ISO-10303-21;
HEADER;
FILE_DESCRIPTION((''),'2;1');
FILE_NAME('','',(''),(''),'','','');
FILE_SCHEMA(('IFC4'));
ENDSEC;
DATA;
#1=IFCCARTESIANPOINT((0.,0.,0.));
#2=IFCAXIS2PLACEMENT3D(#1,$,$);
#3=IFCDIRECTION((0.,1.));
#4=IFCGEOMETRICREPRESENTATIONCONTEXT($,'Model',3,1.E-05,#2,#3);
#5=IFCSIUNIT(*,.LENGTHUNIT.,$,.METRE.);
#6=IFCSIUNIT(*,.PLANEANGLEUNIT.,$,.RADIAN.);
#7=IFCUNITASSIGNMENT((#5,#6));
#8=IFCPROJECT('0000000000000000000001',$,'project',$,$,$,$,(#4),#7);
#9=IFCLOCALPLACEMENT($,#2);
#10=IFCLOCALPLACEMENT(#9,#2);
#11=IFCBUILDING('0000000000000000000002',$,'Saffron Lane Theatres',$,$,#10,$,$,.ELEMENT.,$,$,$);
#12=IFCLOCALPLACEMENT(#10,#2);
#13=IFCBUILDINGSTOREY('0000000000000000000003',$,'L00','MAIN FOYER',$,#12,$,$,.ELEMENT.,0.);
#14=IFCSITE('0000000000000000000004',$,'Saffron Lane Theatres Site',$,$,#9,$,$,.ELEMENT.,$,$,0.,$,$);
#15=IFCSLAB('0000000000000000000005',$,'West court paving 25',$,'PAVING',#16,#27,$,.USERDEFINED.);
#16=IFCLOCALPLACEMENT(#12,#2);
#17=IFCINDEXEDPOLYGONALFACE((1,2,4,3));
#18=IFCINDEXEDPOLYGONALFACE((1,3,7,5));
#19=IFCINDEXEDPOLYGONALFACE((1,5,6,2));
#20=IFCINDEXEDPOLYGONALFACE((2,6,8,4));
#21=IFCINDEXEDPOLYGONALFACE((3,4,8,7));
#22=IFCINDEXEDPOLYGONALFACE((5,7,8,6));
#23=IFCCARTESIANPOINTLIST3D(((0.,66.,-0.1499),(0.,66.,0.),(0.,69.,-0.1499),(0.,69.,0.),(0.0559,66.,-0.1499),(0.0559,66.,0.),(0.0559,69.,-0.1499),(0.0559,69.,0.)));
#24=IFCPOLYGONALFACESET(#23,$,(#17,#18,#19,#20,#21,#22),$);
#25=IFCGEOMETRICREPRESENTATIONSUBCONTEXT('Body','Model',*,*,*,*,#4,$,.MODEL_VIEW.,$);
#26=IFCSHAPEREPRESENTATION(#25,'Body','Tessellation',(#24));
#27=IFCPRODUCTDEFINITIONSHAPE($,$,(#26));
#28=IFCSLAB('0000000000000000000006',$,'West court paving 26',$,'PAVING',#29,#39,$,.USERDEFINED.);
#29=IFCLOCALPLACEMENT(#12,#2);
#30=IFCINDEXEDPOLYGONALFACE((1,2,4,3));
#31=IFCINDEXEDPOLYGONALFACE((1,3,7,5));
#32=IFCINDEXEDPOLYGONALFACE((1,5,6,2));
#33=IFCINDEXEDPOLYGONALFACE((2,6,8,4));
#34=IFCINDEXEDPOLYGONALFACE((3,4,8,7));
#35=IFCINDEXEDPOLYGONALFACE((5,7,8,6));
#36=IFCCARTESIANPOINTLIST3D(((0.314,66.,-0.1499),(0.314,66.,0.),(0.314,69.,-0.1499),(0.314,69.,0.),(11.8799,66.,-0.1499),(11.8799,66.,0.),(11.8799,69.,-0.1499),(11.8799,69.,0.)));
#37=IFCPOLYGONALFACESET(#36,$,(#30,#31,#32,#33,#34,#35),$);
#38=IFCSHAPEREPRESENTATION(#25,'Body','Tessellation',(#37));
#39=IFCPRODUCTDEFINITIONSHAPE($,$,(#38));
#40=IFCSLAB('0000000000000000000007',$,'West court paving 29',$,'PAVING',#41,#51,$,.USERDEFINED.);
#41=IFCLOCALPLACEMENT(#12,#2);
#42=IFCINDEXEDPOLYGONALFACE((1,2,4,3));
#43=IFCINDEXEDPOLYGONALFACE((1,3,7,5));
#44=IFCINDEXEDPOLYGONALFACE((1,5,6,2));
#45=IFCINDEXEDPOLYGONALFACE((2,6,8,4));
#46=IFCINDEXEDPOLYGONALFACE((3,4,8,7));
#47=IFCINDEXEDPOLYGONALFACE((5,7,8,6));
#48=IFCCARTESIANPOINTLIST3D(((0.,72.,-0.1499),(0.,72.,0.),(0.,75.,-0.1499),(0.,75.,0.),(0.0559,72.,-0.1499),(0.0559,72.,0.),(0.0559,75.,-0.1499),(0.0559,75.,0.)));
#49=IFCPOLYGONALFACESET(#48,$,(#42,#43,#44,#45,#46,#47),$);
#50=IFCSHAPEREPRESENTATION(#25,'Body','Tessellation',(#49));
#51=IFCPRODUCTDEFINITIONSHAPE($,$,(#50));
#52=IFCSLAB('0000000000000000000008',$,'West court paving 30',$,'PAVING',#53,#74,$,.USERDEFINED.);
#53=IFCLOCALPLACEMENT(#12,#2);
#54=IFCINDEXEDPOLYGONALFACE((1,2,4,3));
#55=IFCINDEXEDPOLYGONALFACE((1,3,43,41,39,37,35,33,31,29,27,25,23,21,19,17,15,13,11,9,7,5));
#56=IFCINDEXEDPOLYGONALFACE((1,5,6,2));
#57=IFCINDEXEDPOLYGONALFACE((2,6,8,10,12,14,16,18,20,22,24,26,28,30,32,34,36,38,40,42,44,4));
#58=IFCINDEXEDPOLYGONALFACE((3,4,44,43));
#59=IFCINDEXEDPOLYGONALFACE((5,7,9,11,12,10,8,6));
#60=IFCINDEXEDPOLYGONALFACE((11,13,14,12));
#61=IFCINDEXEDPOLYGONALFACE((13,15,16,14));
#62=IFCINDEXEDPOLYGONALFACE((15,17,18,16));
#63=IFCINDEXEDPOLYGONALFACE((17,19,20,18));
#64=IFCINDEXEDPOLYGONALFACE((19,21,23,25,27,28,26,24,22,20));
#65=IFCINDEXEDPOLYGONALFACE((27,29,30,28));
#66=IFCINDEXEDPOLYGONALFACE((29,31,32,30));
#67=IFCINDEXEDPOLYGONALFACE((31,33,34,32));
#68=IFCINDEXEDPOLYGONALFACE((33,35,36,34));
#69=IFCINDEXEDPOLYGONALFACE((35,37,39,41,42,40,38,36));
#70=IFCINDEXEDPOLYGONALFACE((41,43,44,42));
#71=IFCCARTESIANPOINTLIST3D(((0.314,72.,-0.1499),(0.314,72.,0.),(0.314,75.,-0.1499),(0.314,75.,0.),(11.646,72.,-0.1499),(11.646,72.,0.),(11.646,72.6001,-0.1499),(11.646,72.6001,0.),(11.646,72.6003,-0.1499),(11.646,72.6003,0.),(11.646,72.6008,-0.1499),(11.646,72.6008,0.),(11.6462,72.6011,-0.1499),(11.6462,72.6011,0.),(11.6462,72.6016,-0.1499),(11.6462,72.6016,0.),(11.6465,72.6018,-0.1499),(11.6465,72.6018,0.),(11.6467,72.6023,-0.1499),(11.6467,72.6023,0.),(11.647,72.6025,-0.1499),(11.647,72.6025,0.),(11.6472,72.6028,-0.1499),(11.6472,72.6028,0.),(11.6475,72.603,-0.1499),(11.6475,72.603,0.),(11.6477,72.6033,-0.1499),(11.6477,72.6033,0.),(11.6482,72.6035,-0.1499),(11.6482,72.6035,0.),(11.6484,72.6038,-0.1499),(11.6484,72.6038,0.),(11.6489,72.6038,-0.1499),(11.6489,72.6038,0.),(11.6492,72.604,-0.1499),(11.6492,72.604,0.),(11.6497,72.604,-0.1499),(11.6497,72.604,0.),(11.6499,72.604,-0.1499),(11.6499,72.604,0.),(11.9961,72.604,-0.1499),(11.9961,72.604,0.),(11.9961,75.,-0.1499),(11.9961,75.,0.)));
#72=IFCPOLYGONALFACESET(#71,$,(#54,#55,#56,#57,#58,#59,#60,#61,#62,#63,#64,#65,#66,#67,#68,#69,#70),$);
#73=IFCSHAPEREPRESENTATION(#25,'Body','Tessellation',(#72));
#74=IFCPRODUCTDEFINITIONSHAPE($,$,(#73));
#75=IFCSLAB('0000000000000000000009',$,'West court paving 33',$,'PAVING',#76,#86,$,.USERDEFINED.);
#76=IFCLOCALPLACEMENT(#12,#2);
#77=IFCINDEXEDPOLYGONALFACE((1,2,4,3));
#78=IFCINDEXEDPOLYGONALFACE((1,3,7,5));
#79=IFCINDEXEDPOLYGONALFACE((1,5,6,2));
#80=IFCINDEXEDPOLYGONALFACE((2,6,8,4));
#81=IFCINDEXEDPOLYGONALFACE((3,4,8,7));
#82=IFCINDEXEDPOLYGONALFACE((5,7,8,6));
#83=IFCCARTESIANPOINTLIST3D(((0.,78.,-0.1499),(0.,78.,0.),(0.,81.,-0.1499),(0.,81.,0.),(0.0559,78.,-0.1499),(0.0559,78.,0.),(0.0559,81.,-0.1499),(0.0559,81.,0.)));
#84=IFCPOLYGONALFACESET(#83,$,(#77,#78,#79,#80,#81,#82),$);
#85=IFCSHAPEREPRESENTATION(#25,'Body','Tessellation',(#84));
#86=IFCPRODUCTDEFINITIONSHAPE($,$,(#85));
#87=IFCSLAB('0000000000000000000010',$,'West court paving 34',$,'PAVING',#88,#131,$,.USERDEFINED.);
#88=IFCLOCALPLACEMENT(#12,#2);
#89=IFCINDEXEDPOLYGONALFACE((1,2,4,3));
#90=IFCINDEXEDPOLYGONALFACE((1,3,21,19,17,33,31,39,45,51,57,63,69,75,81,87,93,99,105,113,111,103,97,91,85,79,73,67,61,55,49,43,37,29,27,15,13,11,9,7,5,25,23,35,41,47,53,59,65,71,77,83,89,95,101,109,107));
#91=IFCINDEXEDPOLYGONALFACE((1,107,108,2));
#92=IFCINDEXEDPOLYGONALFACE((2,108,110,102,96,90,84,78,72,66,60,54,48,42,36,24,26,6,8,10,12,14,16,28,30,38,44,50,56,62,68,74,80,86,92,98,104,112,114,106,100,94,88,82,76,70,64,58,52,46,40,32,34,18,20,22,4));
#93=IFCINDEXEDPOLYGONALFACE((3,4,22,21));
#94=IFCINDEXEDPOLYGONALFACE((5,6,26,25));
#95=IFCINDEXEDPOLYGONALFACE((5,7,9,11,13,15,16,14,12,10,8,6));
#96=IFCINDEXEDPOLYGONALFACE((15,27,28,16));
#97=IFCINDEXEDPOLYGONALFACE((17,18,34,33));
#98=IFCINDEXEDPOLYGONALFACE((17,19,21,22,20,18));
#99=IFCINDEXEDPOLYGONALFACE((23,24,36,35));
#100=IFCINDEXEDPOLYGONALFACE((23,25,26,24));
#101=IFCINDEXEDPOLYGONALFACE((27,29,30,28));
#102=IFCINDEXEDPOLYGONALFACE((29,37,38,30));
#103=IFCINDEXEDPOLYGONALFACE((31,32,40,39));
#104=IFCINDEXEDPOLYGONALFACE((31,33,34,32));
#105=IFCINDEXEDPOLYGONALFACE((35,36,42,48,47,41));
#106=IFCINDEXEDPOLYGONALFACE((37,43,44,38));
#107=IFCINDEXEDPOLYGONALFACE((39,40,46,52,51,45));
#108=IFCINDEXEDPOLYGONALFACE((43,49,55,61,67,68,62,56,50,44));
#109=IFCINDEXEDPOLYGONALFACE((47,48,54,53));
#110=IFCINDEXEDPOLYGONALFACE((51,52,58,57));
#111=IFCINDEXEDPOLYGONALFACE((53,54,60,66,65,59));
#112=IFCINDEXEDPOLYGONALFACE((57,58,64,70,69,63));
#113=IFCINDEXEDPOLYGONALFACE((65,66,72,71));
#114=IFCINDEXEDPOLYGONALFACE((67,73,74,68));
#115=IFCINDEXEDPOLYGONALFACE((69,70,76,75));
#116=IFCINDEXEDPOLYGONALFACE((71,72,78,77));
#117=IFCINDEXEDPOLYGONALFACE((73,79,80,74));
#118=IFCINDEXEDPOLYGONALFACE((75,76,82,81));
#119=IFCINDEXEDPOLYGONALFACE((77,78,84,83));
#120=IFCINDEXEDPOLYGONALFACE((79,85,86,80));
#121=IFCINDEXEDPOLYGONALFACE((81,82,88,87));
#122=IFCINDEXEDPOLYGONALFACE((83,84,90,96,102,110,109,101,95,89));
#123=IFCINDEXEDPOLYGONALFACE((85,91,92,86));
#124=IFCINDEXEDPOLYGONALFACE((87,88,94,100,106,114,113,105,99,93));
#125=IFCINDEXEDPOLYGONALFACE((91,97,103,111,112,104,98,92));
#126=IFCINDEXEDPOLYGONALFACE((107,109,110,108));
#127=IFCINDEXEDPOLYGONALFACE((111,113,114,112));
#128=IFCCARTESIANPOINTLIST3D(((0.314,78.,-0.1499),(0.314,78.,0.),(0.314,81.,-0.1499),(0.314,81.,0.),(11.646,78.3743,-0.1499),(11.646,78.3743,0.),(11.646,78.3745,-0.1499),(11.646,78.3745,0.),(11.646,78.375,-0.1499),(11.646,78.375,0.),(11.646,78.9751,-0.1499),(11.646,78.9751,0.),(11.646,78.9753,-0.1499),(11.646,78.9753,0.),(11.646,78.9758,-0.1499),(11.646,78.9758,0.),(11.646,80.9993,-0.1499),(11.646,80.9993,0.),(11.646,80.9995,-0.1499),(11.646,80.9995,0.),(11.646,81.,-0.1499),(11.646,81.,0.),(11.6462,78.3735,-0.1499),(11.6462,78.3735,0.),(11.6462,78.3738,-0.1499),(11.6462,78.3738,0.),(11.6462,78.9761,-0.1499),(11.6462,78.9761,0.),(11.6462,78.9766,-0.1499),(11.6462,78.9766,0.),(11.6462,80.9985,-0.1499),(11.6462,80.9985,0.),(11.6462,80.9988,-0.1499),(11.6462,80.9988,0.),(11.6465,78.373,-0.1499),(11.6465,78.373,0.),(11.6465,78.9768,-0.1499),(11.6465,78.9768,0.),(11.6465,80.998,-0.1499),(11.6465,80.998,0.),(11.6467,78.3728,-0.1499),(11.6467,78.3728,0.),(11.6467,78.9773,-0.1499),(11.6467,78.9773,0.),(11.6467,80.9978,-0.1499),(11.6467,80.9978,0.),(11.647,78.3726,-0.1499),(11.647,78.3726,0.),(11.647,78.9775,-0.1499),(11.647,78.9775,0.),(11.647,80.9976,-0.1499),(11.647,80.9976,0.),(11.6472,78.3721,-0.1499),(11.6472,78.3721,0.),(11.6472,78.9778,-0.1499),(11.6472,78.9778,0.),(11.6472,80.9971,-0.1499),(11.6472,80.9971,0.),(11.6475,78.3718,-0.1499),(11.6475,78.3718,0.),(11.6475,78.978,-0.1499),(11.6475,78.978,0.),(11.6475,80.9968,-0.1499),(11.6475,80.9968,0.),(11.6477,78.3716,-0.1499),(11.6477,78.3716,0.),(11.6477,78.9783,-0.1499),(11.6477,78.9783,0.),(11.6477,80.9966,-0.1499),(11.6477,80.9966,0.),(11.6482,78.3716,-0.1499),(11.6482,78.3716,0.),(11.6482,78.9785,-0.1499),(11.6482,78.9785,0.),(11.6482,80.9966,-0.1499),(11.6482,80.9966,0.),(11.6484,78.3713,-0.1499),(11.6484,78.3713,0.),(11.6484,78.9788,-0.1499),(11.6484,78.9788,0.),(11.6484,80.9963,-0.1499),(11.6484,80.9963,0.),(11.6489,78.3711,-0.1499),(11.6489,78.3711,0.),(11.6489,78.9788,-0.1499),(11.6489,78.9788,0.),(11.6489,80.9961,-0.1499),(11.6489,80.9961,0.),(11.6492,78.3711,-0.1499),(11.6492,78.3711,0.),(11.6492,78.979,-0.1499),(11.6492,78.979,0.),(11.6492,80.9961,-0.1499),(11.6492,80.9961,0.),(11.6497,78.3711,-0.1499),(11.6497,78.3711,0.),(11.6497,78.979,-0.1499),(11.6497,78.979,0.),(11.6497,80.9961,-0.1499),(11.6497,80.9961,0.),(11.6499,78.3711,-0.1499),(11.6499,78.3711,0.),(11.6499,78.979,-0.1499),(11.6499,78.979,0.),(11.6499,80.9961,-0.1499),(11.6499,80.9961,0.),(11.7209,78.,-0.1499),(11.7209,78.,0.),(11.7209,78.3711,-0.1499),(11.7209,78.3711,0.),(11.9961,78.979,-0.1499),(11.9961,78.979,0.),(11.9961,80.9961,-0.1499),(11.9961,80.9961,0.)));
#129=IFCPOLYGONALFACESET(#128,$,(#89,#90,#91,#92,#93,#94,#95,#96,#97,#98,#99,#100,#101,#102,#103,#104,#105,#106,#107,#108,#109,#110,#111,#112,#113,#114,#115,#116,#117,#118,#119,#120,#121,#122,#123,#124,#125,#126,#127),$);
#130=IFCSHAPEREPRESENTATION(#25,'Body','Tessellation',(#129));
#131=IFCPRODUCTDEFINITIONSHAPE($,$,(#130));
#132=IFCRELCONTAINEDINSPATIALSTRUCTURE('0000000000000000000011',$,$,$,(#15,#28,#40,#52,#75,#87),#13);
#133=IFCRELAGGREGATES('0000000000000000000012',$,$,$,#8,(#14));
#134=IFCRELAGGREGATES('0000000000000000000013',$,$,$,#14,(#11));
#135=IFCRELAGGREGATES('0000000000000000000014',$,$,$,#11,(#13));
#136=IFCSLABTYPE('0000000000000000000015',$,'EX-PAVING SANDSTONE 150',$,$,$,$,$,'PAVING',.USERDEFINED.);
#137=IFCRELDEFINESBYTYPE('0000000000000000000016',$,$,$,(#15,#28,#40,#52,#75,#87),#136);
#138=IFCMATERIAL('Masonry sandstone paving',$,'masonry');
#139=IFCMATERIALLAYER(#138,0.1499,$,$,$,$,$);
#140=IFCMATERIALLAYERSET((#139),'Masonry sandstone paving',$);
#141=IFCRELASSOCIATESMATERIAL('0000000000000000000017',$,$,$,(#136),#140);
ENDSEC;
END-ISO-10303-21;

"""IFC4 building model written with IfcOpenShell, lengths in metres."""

from ifc_helpers import new_model, si_unit, direction, frame, origin, place, context, subcontext, project, spatial, polyline, outline, extrude, material, layer, layer_set, type_object, element, save


model = new_model("IFC4")

# Units and contexts
model_context = context("Model", 3, precision=1e-05, world=origin(), true_north=direction((0.0, 1.0)))
body_context = subcontext(model_context, "Body", "Model", "MODEL_VIEW")
ifc_project = project(units=[si_unit("LENGTHUNIT", "METRE"), si_unit("PLANEANGLEUNIT", "RADIAN")], contexts=[model_context])

# Site, building, storey
site_placement = place(None, origin())
site = spatial("IfcSite", under=ifc_project, at=site_placement, Name="Saffron Lane Theatres Site", CompositionType="ELEMENT", RefElevation=0.0)
building_placement = place(site_placement, origin())
building = spatial("IfcBuilding", under=site, at=building_placement, Name="Saffron Lane Theatres", CompositionType="ELEMENT")
storey_placement = place(building_placement, origin())
storey = spatial("IfcBuildingStorey", under=building, at=storey_placement, Name="L00", Description="MAIN FOYER", CompositionType="ELEMENT", Elevation=0.0)

# Slabs
ifc_material_1 = material(Name="Masonry sandstone paving", Category="masonry")
ifc_layer_1 = layer(ifc_material_1, 0.1499)
ifc_layer_set_1 = layer_set([ifc_layer_1], Name="Masonry sandstone paving")
slab_type_1 = type_object("IfcSlabType", Name="EX-PAVING SANDSTONE 150", ElementType="PAVING", PredefinedType="USERDEFINED", material=ifc_layer_set_1)
slab_1_placement = place(storey_placement, frame((0.0, 0.0, -0.1499)))
element("IfcSlab", 1, at=slab_1_placement, inside=storey, type_object=slab_type_1, Name="West court paving 25", ObjectType="PAVING", PredefinedType="USERDEFINED", context=body_context, shape_type="SweptSolid", body=[
    extrude(outline(polyline([(0.0559, 66.0), (0.0559, 69.0), (0.0, 69.0), (0.0, 66.0), (0.0559, 66.0)])), origin(), (0.0, 0.0, 1.0), 0.1499),
])
slab_2_placement = place(storey_placement, frame((0.0, 0.0, -0.1499)))
element("IfcSlab", 2, at=slab_2_placement, inside=storey, type_object=slab_type_1, Name="West court paving 26", ObjectType="PAVING", PredefinedType="USERDEFINED", context=body_context, shape_type="SweptSolid", body=[
    extrude(outline(polyline([(11.8799, 66.0), (11.8799, 69.0), (0.314, 69.0), (0.314, 66.0), (11.8799, 66.0)])), origin(), (0.0, 0.0, 1.0), 0.1499),
])
slab_3_placement = place(storey_placement, frame((0.0, 0.0, -0.1499)))
element("IfcSlab", 3, at=slab_3_placement, inside=storey, type_object=slab_type_1, Name="West court paving 29", ObjectType="PAVING", PredefinedType="USERDEFINED", context=body_context, shape_type="SweptSolid", body=[
    extrude(outline(polyline([(0.0559, 72.0), (0.0559, 75.0), (0.0, 75.0), (0.0, 72.0), (0.0559, 72.0)])), origin(), (0.0, 0.0, 1.0), 0.1499),
])
slab_4_placement = place(storey_placement, frame((0.0, 0.0, -0.1499)))
element("IfcSlab", 4, at=slab_4_placement, inside=storey, type_object=slab_type_1, Name="West court paving 30", ObjectType="PAVING", PredefinedType="USERDEFINED", context=body_context, shape_type="SweptSolid", body=[
    extrude(outline(polyline([(11.9961, 72.604), (11.9961, 75.0), (0.314, 75.0), (0.314, 72.0), (11.646, 72.0), (11.646, 72.6001), (11.646, 72.6003), (11.646, 72.6008), (11.6462, 72.6011), (11.6462, 72.6016), (11.6465, 72.6018), (11.6467, 72.6023), (11.647, 72.6025), (11.6472, 72.6028), (11.6475, 72.603), (11.6477, 72.6033), (11.6482, 72.6035), (11.6484, 72.6038), (11.6489, 72.6038), (11.6492, 72.604), (11.6497, 72.604), (11.6499, 72.604), (11.9961, 72.604)])), origin(), (0.0, 0.0, 1.0), 0.1499),
])
slab_5_placement = place(storey_placement, frame((0.0, 0.0, -0.1499)))
element("IfcSlab", 5, at=slab_5_placement, inside=storey, type_object=slab_type_1, Name="West court paving 33", ObjectType="PAVING", PredefinedType="USERDEFINED", context=body_context, shape_type="SweptSolid", body=[
    extrude(outline(polyline([(0.0559, 78.0), (0.0559, 81.0), (0.0, 81.0), (0.0, 78.0), (0.0559, 78.0)])), origin(), (0.0, 0.0, 1.0), 0.1499),
])
slab_6_placement = place(storey_placement, frame((0.0, 0.0, -0.1499)))
element("IfcSlab", 6, at=slab_6_placement, inside=storey, type_object=slab_type_1, Name="West court paving 34", ObjectType="PAVING", PredefinedType="USERDEFINED", context=body_context, shape_type="SweptSolid", body=[
    extrude(outline(polyline([(11.646, 80.9995), (11.646, 81.0), (0.314, 81.0), (0.314, 78.0), (11.7209, 78.0), (11.7209, 78.3711), (11.6499, 78.3711), (11.6497, 78.3711), (11.6492, 78.3711), (11.6489, 78.3711), (11.6484, 78.3713), (11.6482, 78.3716), (11.6477, 78.3716), (11.6475, 78.3718), (11.6472, 78.3721), (11.647, 78.3726), (11.6467, 78.3728), (11.6465, 78.373), (11.6462, 78.3735), (11.6462, 78.3738), (11.646, 78.3743), (11.646, 78.3745), (11.646, 78.375), (11.646, 78.9751), (11.646, 78.9753), (11.646, 78.9758), (11.6462, 78.9761), (11.6462, 78.9766), (11.6465, 78.9768), (11.6467, 78.9773), (11.647, 78.9775), (11.6472, 78.9778), (11.6475, 78.978), (11.6477, 78.9783), (11.6482, 78.9785), (11.6484, 78.9788), (11.6489, 78.9788), (11.6492, 78.979), (11.6497, 78.979), (11.6499, 78.979), (11.9961, 78.979), (11.9961, 80.9961), (11.6499, 80.9961), (11.6497, 80.9961), (11.6492, 80.9961), (11.6489, 80.9961), (11.6484, 80.9963), (11.6482, 80.9966), (11.6477, 80.9966), (11.6475, 80.9968), (11.6472, 80.9971), (11.647, 80.9976), (11.6467, 80.9978), (11.6465, 80.998), (11.6462, 80.9985), (11.6462, 80.9988), (11.646, 80.9993), (11.646, 80.9995)])), origin(), (0.0, 0.0, 1.0), 0.1499),
])

save(model, "model.ifc")
